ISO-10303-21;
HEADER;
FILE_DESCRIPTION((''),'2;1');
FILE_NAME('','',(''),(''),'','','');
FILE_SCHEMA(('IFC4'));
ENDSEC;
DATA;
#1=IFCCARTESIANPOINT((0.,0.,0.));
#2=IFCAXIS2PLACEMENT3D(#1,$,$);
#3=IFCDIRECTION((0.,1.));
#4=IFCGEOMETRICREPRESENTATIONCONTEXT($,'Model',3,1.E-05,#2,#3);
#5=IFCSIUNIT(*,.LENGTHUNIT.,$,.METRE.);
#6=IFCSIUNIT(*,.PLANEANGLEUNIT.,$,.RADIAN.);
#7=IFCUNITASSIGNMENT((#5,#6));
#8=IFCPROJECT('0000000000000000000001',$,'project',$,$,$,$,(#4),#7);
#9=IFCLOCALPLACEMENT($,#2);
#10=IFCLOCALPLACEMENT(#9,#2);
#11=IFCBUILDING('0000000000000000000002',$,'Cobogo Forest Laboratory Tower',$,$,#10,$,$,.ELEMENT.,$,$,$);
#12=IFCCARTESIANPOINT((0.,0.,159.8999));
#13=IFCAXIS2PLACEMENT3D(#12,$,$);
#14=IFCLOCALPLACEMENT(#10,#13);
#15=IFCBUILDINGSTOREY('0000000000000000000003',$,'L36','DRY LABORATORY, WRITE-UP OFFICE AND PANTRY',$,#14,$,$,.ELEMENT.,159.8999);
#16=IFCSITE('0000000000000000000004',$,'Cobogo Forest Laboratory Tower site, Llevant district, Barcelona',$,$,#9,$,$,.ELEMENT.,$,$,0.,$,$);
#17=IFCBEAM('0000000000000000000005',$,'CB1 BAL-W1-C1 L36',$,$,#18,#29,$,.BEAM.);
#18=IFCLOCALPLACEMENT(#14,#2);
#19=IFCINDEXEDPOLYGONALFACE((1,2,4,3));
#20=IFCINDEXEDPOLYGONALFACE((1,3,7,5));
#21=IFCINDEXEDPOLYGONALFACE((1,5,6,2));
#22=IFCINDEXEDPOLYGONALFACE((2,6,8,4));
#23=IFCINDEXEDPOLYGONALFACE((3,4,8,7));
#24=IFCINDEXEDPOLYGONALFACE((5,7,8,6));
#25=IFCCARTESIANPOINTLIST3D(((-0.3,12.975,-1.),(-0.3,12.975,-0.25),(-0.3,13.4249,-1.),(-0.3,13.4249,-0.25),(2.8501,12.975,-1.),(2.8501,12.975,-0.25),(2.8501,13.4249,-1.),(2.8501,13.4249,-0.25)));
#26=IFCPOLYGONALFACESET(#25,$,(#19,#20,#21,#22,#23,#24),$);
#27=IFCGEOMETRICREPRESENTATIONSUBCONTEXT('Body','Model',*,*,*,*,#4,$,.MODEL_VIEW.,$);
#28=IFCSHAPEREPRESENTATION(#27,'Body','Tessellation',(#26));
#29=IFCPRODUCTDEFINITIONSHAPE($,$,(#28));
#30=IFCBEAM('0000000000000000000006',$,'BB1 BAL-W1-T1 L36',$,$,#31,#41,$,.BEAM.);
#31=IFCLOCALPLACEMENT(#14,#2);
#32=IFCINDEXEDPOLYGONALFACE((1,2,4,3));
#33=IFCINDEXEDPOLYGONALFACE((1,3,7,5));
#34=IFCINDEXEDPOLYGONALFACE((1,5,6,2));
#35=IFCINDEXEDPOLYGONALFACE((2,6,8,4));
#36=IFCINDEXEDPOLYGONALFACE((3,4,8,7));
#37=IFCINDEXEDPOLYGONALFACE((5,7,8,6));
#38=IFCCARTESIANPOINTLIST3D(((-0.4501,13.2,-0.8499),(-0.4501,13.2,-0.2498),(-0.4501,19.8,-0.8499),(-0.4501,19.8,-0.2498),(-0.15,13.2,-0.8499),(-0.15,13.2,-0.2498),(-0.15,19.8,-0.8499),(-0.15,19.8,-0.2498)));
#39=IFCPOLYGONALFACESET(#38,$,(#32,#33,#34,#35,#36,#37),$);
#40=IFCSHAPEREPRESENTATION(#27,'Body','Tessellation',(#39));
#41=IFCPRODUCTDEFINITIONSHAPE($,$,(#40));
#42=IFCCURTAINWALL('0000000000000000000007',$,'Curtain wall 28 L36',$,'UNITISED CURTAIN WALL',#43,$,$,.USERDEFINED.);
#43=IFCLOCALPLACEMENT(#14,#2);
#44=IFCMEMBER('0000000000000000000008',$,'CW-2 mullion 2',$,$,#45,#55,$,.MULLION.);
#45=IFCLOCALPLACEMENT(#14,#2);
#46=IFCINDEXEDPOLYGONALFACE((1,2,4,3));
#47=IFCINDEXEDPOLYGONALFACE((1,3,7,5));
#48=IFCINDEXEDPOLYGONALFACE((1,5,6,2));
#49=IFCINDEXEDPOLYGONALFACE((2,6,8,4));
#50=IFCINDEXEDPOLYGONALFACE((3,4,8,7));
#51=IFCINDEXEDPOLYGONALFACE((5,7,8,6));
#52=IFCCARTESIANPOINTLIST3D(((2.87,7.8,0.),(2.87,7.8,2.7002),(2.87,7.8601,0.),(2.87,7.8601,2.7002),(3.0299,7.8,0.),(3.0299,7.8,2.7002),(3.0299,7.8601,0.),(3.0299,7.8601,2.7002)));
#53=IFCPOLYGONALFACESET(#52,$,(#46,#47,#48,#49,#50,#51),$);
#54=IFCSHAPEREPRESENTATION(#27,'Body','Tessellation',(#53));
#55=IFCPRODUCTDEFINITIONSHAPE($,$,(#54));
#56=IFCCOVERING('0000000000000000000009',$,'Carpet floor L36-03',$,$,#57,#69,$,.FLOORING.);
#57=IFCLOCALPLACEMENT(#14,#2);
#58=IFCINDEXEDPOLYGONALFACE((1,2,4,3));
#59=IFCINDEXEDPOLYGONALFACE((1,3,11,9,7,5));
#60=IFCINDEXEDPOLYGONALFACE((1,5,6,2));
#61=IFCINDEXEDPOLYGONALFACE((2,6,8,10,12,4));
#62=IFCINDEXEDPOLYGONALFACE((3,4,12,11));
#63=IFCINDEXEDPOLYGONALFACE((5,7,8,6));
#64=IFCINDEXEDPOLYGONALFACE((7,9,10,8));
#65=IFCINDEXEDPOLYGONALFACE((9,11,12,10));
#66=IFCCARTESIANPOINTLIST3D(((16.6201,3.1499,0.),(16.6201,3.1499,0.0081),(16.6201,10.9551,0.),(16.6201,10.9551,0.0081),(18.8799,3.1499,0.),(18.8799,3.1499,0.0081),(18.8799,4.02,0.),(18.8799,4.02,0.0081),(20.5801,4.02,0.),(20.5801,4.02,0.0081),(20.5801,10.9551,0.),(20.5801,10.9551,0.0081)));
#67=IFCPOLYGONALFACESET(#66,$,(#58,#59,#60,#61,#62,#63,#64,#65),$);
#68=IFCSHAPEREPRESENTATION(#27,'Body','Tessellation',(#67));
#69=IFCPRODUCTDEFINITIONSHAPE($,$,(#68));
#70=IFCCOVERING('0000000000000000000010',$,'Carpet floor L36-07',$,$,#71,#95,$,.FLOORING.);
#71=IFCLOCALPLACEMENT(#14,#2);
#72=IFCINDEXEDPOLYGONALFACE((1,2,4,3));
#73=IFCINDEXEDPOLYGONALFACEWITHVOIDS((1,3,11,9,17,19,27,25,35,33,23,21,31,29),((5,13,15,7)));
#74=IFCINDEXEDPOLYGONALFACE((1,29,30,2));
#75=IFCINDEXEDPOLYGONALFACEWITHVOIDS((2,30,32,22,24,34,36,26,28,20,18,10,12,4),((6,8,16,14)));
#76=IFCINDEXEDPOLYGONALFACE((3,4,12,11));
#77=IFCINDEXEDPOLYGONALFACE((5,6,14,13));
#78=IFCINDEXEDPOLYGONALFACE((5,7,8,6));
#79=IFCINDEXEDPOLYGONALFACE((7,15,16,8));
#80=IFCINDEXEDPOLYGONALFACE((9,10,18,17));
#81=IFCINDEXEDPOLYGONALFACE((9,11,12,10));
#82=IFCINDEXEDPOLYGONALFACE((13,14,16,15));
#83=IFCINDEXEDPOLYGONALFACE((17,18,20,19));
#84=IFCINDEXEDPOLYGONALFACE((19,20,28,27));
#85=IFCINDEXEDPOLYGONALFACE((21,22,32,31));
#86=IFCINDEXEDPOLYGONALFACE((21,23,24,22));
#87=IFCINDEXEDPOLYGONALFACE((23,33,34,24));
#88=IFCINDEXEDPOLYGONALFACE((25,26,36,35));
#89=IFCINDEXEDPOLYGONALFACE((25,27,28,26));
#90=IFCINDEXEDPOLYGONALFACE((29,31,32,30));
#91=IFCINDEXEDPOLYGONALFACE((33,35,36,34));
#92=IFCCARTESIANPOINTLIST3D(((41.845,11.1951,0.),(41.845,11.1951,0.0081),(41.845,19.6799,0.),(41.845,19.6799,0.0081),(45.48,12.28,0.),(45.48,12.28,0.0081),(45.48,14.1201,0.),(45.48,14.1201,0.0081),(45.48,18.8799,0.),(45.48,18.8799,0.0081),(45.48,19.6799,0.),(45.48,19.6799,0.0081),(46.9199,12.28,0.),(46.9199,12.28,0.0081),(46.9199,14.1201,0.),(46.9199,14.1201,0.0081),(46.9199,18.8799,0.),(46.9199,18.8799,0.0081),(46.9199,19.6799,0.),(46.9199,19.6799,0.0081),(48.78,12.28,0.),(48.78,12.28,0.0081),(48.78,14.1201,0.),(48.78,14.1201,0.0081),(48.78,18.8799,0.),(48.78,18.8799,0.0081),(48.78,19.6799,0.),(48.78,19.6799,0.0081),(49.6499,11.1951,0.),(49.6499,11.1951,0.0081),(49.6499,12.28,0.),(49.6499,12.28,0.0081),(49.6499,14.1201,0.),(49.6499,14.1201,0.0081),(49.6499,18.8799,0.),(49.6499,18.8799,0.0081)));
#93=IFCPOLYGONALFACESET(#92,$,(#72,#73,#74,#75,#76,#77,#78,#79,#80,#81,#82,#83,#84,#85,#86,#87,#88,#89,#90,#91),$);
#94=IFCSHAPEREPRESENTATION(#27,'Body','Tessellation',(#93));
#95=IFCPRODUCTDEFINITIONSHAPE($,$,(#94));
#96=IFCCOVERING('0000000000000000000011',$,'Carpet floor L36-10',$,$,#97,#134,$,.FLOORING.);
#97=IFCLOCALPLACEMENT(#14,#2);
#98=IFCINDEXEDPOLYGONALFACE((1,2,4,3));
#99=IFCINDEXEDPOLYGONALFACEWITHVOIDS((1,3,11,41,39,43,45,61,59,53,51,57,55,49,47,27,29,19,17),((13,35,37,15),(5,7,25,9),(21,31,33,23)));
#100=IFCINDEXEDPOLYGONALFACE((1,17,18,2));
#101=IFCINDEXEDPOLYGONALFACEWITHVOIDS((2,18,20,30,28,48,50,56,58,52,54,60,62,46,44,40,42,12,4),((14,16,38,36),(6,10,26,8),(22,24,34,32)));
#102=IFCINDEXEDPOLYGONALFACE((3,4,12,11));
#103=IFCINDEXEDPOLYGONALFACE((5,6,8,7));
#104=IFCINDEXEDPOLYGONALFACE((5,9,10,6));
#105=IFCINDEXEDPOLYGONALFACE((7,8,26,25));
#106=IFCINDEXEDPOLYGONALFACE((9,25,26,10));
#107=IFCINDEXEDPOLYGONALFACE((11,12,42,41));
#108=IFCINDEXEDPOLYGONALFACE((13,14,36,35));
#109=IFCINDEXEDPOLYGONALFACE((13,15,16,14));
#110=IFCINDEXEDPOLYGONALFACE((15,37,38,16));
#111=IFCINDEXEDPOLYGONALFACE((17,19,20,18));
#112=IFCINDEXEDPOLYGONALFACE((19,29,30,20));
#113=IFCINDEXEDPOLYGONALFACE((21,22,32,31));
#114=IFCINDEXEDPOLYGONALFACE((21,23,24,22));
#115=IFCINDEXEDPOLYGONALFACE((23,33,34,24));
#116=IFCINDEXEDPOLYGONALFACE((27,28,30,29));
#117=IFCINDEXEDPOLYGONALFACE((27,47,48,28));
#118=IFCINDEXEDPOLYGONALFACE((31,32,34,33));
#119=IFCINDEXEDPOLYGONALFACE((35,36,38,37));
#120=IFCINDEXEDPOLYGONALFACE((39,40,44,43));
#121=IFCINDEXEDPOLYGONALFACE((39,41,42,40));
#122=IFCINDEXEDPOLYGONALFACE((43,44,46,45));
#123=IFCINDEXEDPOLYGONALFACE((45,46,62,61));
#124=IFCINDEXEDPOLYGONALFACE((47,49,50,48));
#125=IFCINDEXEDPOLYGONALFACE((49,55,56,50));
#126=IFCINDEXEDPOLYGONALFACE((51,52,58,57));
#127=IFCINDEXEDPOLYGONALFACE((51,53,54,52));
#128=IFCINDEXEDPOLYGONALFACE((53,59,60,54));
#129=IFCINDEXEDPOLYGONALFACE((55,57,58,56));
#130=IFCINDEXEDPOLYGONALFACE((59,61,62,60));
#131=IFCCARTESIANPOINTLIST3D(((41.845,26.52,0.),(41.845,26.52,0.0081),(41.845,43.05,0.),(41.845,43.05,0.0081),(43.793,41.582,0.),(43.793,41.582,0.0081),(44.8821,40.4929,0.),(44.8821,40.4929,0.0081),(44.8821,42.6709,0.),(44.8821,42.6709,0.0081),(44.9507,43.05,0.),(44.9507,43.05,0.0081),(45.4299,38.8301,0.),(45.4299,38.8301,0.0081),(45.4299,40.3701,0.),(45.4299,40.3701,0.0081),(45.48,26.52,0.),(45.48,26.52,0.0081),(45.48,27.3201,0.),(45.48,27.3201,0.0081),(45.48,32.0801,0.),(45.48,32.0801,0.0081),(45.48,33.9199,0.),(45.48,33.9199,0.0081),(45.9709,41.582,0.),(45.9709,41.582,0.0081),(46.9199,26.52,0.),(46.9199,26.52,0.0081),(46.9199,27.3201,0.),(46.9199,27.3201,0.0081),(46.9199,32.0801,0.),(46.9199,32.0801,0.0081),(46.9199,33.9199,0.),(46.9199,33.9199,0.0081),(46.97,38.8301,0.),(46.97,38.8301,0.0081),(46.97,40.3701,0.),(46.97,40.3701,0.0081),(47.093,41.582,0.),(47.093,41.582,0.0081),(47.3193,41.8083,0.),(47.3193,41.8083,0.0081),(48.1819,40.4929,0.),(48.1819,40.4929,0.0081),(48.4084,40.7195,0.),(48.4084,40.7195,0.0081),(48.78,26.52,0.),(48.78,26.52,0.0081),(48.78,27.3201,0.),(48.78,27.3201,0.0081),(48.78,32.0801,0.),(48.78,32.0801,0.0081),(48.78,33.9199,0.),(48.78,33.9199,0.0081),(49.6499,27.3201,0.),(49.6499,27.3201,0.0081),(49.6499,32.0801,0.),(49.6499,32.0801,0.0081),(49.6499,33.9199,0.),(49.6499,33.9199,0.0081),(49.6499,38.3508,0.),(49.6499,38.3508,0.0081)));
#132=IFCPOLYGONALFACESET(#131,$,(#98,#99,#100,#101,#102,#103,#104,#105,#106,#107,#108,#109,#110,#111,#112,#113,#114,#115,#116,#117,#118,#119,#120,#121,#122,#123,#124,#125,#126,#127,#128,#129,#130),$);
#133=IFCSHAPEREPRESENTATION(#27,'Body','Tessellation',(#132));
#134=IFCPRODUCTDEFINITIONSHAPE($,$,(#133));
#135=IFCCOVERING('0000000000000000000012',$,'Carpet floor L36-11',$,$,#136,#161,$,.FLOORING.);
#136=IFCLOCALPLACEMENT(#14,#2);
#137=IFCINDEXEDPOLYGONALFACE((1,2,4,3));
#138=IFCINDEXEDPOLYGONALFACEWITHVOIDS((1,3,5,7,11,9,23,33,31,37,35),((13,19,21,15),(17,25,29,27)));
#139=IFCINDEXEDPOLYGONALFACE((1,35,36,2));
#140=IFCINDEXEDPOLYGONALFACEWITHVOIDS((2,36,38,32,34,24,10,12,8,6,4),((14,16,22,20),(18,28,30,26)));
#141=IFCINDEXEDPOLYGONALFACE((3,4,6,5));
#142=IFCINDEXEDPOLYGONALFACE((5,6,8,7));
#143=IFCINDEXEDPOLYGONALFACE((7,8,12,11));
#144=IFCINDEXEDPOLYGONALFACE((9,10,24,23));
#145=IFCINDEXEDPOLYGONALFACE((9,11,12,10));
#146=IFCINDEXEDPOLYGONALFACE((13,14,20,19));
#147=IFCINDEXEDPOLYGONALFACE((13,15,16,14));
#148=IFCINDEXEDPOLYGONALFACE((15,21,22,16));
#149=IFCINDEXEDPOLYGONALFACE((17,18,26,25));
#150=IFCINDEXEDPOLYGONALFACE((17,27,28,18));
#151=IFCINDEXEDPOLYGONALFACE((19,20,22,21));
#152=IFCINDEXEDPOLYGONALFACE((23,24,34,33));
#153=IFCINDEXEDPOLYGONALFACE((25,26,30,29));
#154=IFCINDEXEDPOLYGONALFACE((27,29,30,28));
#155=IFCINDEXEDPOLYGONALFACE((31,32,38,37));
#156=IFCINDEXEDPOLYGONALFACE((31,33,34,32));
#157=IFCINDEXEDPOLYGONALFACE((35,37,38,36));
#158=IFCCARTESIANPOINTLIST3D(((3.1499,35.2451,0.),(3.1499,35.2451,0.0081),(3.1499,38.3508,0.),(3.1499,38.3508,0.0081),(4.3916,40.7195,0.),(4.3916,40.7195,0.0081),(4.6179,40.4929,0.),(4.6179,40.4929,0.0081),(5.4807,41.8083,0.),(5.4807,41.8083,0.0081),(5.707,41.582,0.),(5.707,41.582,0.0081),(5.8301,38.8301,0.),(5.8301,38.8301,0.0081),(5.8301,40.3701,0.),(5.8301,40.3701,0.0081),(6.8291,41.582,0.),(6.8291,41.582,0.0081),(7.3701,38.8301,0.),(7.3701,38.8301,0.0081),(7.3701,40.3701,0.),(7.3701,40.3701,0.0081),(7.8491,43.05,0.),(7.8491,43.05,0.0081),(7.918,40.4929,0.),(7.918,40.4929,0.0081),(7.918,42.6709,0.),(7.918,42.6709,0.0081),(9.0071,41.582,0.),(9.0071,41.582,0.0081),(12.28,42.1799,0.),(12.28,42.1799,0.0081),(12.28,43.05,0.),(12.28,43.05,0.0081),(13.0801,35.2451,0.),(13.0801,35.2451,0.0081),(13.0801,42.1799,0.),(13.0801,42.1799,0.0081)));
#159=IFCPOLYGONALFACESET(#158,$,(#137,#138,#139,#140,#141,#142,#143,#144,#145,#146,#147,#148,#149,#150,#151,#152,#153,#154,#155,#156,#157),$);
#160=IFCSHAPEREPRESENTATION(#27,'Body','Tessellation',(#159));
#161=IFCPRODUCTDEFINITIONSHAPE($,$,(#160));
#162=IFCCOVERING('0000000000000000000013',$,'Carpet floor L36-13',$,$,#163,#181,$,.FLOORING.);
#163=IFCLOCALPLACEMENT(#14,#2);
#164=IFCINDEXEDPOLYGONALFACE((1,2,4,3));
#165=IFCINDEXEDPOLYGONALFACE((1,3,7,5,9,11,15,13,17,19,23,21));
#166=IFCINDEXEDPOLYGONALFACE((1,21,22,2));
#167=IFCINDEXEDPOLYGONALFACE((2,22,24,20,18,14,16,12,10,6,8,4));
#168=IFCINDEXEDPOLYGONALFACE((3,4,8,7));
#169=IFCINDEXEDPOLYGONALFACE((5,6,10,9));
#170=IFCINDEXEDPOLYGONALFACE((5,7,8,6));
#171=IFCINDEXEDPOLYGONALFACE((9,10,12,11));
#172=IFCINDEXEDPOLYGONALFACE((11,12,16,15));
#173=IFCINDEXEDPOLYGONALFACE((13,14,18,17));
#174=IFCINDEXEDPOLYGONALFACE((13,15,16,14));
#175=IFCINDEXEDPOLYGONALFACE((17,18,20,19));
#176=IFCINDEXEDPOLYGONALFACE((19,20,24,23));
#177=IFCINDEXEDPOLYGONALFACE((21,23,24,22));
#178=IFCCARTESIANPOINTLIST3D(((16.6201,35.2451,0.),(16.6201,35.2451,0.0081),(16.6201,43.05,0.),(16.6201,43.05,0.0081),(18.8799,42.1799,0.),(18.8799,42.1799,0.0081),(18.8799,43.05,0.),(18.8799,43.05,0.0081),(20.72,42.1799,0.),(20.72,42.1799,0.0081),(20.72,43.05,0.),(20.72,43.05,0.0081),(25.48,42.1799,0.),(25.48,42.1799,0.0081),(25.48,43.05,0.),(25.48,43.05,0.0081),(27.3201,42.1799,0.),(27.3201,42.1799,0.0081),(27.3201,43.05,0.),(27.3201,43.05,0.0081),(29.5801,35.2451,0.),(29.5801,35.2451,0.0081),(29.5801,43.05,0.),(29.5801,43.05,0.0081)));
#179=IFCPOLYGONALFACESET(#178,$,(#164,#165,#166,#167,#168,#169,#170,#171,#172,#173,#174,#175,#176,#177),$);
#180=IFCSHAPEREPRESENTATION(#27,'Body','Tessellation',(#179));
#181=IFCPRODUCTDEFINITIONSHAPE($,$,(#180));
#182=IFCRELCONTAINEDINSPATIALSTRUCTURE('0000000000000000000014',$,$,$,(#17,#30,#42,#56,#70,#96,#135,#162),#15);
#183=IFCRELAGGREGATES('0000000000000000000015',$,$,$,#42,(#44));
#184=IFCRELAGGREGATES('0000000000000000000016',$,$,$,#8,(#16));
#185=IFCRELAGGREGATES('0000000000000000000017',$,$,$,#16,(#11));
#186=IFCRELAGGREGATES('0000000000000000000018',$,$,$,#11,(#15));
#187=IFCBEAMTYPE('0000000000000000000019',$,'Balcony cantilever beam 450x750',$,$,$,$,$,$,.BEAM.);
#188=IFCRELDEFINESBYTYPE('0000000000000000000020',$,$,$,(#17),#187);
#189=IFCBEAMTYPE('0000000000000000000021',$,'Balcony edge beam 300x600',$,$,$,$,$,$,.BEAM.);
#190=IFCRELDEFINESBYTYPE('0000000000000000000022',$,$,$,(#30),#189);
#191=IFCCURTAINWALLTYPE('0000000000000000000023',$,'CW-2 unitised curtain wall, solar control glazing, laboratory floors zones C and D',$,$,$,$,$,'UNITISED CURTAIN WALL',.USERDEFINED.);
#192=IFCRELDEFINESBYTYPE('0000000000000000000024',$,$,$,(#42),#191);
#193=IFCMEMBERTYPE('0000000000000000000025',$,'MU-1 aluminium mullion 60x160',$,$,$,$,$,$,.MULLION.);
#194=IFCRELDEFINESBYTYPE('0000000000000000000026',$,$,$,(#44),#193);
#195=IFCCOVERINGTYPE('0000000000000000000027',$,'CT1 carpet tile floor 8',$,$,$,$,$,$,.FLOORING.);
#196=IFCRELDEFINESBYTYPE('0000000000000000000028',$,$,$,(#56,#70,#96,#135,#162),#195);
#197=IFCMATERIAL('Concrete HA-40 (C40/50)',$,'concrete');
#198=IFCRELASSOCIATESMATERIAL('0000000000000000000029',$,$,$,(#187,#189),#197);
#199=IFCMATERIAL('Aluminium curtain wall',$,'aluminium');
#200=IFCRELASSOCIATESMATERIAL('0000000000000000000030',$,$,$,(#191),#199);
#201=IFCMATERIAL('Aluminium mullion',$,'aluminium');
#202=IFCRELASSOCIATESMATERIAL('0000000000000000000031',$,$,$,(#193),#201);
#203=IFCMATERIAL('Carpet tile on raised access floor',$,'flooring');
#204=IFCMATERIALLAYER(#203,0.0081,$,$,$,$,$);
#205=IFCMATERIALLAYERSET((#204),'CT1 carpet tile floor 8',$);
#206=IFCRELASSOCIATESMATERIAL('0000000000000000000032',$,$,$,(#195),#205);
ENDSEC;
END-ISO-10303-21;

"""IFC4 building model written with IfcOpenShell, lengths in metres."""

from ifc_helpers import new_model, si_unit, direction, frame, origin, origin_2d, place, context, subcontext, project, spatial, polyline, rectangle, outline, extrude, material, layer, layer_set, material_profile, profile_set, type_object, element, aggregate, save


model = new_model("IFC4")

# Units and contexts
model_context = context("Model", 3, precision=1e-05, world=origin(), true_north=direction((0.0, 1.0)))
body_context = subcontext(model_context, "Body", "Model", "MODEL_VIEW")
ifc_project = project(units=[si_unit("LENGTHUNIT", "METRE"), si_unit("PLANEANGLEUNIT", "RADIAN")], contexts=[model_context])

# Site, building, storey
site_placement = place(None, origin())
site = spatial("IfcSite", under=ifc_project, at=site_placement, Name="Cobogo Forest Laboratory Tower site, Llevant district, Barcelona", CompositionType="ELEMENT", RefElevation=0.0)
building_placement = place(site_placement, origin())
building = spatial("IfcBuilding", under=site, at=building_placement, Name="Cobogo Forest Laboratory Tower", CompositionType="ELEMENT")
storey_placement = place(building_placement, frame((0.0, 0.0, 159.8999)))
storey = spatial("IfcBuildingStorey", under=building, at=storey_placement, Name="L36", Description="DRY LABORATORY, WRITE-UP OFFICE AND PANTRY", CompositionType="ELEMENT", Elevation=159.8999)

# Beams
ifc_material_1 = material(Name="Concrete HA-40 (C40/50)", Category="concrete")
ifc_material_profile_1 = material_profile(ifc_material_1, rectangle(XDim=0.45, YDim=0.75, at=origin_2d()), Name="RC 450x750")
ifc_profile_set_1 = profile_set([ifc_material_profile_1], Name="Concrete HA-40 (C40/50)")
beam_type_1 = type_object("IfcBeamType", Name="Balcony cantilever beam 450x750", PredefinedType="BEAM", material=ifc_profile_set_1)
beam_1_placement = place(storey_placement, frame((2.8501, 13.2, -0.625), z_axis=(-1.0, 0.0, 0.0), x_axis=(0.0, -1.0, 0.0)))
element("IfcBeam", 1, at=beam_1_placement, inside=storey, type_object=beam_type_1, Name="CB1 BAL-W1-C1 L36", PredefinedType="BEAM", context=body_context, shape_type="SweptSolid", body=[
    extrude(rectangle(XDim=0.45, YDim=0.75, at=origin_2d()), origin(), (0.0, 0.0, 1.0), 3.1501),
])
ifc_material_profile_2 = material_profile(ifc_material_1, rectangle(XDim=0.3, YDim=0.6001, at=origin_2d()), Name="RC 300x600")
ifc_profile_set_2 = profile_set([ifc_material_profile_2], Name="Concrete HA-40 (C40/50)")
beam_type_2 = type_object("IfcBeamType", Name="Balcony edge beam 300x600", PredefinedType="BEAM", material=ifc_profile_set_2)
beam_2_placement = place(storey_placement, frame((-0.3, 13.2, -0.5498), z_axis=(0.0, 1.0, 0.0), x_axis=(-1.0, 0.0, 0.0)))
element("IfcBeam", 2, at=beam_2_placement, inside=storey, type_object=beam_type_2, Name="BB1 BAL-W1-T1 L36", PredefinedType="BEAM", context=body_context, shape_type="SweptSolid", body=[
    extrude(rectangle(XDim=0.3, YDim=0.6001, at=origin_2d()), origin(), (0.0, 0.0, 1.0), 6.6001),
])

# Curtain wall, member
ifc_material_2 = material(Name="Aluminium curtain wall", Category="aluminium")
curtain_wall_type = type_object("IfcCurtainWallType", Name="CW-2 unitised curtain wall, solar control glazing, laboratory floors zones C and D", ElementType="UNITISED CURTAIN WALL", PredefinedType="USERDEFINED", material=ifc_material_2)
curtain_wall_placement = place(storey_placement, origin())
curtain_wall = element("IfcCurtainWall", 3, at=curtain_wall_placement, inside=storey, type_object=curtain_wall_type, Name="Curtain wall 28 L36", ObjectType="UNITISED CURTAIN WALL", PredefinedType="USERDEFINED")
ifc_material_3 = material(Name="Aluminium mullion", Category="aluminium")
ifc_material_profile_3 = material_profile(ifc_material_3, rectangle(XDim=0.0601, YDim=0.1599, at=origin_2d()), Name="AL 60x160")
ifc_profile_set_3 = profile_set([ifc_material_profile_3], Name="Aluminium mullion")
member_type = type_object("IfcMemberType", Name="MU-1 aluminium mullion 60x160", PredefinedType="MULLION", material=ifc_profile_set_3)
member_placement = place(storey_placement, frame((2.95, 7.8301, 0.0), z_axis=(0.0, 0.0, 1.0), x_axis=(0.0, -1.0, 0.0)))
member = element("IfcMember", 4, at=member_placement, type_object=member_type, Name="CW-2 mullion 2", PredefinedType="MULLION", context=body_context, shape_type="SweptSolid", body=[
    extrude(rectangle(XDim=0.0601, YDim=0.1599, at=origin_2d()), origin(), (0.0, 0.0, 1.0), 2.7002),
])
aggregate(curtain_wall, [member])

# Coverings
ifc_material_4 = material(Name="Carpet tile on raised access floor", Category="flooring")
ifc_layer_1 = layer(ifc_material_4, 0.0081)
ifc_layer_set_1 = layer_set([ifc_layer_1], Name="CT1 carpet tile floor 8")
covering_type_1 = type_object("IfcCoveringType", Name="CT1 carpet tile floor 8", PredefinedType="FLOORING", material=ifc_layer_set_1)
covering_1_placement = place(storey_placement, origin())
element("IfcCovering", 5, at=covering_1_placement, inside=storey, type_object=covering_type_1, Name="Carpet floor L36-03", PredefinedType="FLOORING", context=body_context, shape_type="SweptSolid", body=[
    extrude(outline(polyline([(20.5801, 4.02), (18.8799, 4.02), (18.8799, 3.1499), (16.6201, 3.1499), (16.6201, 10.9551), (20.5801, 10.9551), (20.5801, 4.02)])), origin(), (0.0, 0.0, 1.0), 0.0081),
])
covering_2_placement = place(storey_placement, origin())
element("IfcCovering", 6, at=covering_2_placement, inside=storey, type_object=covering_type_1, Name="Carpet floor L36-07", PredefinedType="FLOORING", context=body_context, shape_type="SweptSolid", body=[
    extrude(outline(polyline([(41.845, 19.6799), (45.48, 19.6799), (45.48, 18.8799), (46.9199, 18.8799), (46.9199, 19.6799), (48.78, 19.6799), (48.78, 18.8799), (49.6499, 18.8799), (49.6499, 14.1201), (48.78, 14.1201), (48.78, 12.28), (49.6499, 12.28), (49.6499, 11.1951), (41.845, 11.1951), (41.845, 19.6799)]), holes=[polyline([(46.9199, 12.28), (46.9199, 14.1201), (45.48, 14.1201), (45.48, 12.28), (46.9199, 12.28)])]), origin(), (0.0, 0.0, 1.0), 0.0081),
])
covering_3_placement = place(storey_placement, origin())
element("IfcCovering", 7, at=covering_3_placement, inside=storey, type_object=covering_type_1, Name="Carpet floor L36-10", PredefinedType="FLOORING", context=body_context, shape_type="SweptSolid", body=[
    extrude(outline(polyline([(41.845, 43.05), (44.9507, 43.05), (47.3193, 41.8083), (47.093, 41.582), (48.1819, 40.4929), (48.4084, 40.7195), (49.6499, 38.3508), (49.6499, 33.9199), (48.78, 33.9199), (48.78, 32.0801), (49.6499, 32.0801), (49.6499, 27.3201), (48.78, 27.3201), (48.78, 26.52), (46.9199, 26.52), (46.9199, 27.3201), (45.48, 27.3201), (45.48, 26.52), (41.845, 26.52), (41.845, 43.05)]), holes=[polyline([(45.4299, 40.3701), (45.4299, 38.8301), (46.97, 38.8301), (46.97, 40.3701), (45.4299, 40.3701)]), polyline([(46.9199, 32.0801), (46.9199, 33.9199), (45.48, 33.9199), (45.48, 32.0801), (46.9199, 32.0801)]), polyline([(44.8821, 40.4929), (45.9709, 41.582), (44.8821, 42.6709), (43.793, 41.582), (44.8821, 40.4929)])]), origin(), (0.0, 0.0, 1.0), 0.0081),
])
covering_4_placement = place(storey_placement, origin())
element("IfcCovering", 8, at=covering_4_placement, inside=storey, type_object=covering_type_1, Name="Carpet floor L36-11", PredefinedType="FLOORING", context=body_context, shape_type="SweptSolid", body=[
    extrude(outline(polyline([(3.1499, 35.2451), (3.1499, 38.3508), (4.3916, 40.7195), (4.6179, 40.4929), (5.707, 41.582), (5.4807, 41.8083), (7.8491, 43.05), (12.28, 43.05), (12.28, 42.1799), (13.0801, 42.1799), (13.0801, 35.2451), (3.1499, 35.2451)]), holes=[polyline([(7.918, 40.4929), (9.0071, 41.582), (7.918, 42.6709), (6.8291, 41.582), (7.918, 40.4929)]), polyline([(5.8301, 38.8301), (7.3701, 38.8301), (7.3701, 40.3701), (5.8301, 40.3701), (5.8301, 38.8301)])]), origin(), (0.0, 0.0, 1.0), 0.0081),
])
covering_5_placement = place(storey_placement, origin())
element("IfcCovering", 9, at=covering_5_placement, inside=storey, type_object=covering_type_1, Name="Carpet floor L36-13", PredefinedType="FLOORING", context=body_context, shape_type="SweptSolid", body=[
    extrude(outline(polyline([(16.6201, 35.2451), (16.6201, 43.05), (18.8799, 43.05), (18.8799, 42.1799), (20.72, 42.1799), (20.72, 43.05), (25.48, 43.05), (25.48, 42.1799), (27.3201, 42.1799), (27.3201, 43.05), (29.5801, 43.05), (29.5801, 35.2451), (16.6201, 35.2451)])), origin(), (0.0, 0.0, 1.0), 0.0081),
])

save(model, "model.ifc")
